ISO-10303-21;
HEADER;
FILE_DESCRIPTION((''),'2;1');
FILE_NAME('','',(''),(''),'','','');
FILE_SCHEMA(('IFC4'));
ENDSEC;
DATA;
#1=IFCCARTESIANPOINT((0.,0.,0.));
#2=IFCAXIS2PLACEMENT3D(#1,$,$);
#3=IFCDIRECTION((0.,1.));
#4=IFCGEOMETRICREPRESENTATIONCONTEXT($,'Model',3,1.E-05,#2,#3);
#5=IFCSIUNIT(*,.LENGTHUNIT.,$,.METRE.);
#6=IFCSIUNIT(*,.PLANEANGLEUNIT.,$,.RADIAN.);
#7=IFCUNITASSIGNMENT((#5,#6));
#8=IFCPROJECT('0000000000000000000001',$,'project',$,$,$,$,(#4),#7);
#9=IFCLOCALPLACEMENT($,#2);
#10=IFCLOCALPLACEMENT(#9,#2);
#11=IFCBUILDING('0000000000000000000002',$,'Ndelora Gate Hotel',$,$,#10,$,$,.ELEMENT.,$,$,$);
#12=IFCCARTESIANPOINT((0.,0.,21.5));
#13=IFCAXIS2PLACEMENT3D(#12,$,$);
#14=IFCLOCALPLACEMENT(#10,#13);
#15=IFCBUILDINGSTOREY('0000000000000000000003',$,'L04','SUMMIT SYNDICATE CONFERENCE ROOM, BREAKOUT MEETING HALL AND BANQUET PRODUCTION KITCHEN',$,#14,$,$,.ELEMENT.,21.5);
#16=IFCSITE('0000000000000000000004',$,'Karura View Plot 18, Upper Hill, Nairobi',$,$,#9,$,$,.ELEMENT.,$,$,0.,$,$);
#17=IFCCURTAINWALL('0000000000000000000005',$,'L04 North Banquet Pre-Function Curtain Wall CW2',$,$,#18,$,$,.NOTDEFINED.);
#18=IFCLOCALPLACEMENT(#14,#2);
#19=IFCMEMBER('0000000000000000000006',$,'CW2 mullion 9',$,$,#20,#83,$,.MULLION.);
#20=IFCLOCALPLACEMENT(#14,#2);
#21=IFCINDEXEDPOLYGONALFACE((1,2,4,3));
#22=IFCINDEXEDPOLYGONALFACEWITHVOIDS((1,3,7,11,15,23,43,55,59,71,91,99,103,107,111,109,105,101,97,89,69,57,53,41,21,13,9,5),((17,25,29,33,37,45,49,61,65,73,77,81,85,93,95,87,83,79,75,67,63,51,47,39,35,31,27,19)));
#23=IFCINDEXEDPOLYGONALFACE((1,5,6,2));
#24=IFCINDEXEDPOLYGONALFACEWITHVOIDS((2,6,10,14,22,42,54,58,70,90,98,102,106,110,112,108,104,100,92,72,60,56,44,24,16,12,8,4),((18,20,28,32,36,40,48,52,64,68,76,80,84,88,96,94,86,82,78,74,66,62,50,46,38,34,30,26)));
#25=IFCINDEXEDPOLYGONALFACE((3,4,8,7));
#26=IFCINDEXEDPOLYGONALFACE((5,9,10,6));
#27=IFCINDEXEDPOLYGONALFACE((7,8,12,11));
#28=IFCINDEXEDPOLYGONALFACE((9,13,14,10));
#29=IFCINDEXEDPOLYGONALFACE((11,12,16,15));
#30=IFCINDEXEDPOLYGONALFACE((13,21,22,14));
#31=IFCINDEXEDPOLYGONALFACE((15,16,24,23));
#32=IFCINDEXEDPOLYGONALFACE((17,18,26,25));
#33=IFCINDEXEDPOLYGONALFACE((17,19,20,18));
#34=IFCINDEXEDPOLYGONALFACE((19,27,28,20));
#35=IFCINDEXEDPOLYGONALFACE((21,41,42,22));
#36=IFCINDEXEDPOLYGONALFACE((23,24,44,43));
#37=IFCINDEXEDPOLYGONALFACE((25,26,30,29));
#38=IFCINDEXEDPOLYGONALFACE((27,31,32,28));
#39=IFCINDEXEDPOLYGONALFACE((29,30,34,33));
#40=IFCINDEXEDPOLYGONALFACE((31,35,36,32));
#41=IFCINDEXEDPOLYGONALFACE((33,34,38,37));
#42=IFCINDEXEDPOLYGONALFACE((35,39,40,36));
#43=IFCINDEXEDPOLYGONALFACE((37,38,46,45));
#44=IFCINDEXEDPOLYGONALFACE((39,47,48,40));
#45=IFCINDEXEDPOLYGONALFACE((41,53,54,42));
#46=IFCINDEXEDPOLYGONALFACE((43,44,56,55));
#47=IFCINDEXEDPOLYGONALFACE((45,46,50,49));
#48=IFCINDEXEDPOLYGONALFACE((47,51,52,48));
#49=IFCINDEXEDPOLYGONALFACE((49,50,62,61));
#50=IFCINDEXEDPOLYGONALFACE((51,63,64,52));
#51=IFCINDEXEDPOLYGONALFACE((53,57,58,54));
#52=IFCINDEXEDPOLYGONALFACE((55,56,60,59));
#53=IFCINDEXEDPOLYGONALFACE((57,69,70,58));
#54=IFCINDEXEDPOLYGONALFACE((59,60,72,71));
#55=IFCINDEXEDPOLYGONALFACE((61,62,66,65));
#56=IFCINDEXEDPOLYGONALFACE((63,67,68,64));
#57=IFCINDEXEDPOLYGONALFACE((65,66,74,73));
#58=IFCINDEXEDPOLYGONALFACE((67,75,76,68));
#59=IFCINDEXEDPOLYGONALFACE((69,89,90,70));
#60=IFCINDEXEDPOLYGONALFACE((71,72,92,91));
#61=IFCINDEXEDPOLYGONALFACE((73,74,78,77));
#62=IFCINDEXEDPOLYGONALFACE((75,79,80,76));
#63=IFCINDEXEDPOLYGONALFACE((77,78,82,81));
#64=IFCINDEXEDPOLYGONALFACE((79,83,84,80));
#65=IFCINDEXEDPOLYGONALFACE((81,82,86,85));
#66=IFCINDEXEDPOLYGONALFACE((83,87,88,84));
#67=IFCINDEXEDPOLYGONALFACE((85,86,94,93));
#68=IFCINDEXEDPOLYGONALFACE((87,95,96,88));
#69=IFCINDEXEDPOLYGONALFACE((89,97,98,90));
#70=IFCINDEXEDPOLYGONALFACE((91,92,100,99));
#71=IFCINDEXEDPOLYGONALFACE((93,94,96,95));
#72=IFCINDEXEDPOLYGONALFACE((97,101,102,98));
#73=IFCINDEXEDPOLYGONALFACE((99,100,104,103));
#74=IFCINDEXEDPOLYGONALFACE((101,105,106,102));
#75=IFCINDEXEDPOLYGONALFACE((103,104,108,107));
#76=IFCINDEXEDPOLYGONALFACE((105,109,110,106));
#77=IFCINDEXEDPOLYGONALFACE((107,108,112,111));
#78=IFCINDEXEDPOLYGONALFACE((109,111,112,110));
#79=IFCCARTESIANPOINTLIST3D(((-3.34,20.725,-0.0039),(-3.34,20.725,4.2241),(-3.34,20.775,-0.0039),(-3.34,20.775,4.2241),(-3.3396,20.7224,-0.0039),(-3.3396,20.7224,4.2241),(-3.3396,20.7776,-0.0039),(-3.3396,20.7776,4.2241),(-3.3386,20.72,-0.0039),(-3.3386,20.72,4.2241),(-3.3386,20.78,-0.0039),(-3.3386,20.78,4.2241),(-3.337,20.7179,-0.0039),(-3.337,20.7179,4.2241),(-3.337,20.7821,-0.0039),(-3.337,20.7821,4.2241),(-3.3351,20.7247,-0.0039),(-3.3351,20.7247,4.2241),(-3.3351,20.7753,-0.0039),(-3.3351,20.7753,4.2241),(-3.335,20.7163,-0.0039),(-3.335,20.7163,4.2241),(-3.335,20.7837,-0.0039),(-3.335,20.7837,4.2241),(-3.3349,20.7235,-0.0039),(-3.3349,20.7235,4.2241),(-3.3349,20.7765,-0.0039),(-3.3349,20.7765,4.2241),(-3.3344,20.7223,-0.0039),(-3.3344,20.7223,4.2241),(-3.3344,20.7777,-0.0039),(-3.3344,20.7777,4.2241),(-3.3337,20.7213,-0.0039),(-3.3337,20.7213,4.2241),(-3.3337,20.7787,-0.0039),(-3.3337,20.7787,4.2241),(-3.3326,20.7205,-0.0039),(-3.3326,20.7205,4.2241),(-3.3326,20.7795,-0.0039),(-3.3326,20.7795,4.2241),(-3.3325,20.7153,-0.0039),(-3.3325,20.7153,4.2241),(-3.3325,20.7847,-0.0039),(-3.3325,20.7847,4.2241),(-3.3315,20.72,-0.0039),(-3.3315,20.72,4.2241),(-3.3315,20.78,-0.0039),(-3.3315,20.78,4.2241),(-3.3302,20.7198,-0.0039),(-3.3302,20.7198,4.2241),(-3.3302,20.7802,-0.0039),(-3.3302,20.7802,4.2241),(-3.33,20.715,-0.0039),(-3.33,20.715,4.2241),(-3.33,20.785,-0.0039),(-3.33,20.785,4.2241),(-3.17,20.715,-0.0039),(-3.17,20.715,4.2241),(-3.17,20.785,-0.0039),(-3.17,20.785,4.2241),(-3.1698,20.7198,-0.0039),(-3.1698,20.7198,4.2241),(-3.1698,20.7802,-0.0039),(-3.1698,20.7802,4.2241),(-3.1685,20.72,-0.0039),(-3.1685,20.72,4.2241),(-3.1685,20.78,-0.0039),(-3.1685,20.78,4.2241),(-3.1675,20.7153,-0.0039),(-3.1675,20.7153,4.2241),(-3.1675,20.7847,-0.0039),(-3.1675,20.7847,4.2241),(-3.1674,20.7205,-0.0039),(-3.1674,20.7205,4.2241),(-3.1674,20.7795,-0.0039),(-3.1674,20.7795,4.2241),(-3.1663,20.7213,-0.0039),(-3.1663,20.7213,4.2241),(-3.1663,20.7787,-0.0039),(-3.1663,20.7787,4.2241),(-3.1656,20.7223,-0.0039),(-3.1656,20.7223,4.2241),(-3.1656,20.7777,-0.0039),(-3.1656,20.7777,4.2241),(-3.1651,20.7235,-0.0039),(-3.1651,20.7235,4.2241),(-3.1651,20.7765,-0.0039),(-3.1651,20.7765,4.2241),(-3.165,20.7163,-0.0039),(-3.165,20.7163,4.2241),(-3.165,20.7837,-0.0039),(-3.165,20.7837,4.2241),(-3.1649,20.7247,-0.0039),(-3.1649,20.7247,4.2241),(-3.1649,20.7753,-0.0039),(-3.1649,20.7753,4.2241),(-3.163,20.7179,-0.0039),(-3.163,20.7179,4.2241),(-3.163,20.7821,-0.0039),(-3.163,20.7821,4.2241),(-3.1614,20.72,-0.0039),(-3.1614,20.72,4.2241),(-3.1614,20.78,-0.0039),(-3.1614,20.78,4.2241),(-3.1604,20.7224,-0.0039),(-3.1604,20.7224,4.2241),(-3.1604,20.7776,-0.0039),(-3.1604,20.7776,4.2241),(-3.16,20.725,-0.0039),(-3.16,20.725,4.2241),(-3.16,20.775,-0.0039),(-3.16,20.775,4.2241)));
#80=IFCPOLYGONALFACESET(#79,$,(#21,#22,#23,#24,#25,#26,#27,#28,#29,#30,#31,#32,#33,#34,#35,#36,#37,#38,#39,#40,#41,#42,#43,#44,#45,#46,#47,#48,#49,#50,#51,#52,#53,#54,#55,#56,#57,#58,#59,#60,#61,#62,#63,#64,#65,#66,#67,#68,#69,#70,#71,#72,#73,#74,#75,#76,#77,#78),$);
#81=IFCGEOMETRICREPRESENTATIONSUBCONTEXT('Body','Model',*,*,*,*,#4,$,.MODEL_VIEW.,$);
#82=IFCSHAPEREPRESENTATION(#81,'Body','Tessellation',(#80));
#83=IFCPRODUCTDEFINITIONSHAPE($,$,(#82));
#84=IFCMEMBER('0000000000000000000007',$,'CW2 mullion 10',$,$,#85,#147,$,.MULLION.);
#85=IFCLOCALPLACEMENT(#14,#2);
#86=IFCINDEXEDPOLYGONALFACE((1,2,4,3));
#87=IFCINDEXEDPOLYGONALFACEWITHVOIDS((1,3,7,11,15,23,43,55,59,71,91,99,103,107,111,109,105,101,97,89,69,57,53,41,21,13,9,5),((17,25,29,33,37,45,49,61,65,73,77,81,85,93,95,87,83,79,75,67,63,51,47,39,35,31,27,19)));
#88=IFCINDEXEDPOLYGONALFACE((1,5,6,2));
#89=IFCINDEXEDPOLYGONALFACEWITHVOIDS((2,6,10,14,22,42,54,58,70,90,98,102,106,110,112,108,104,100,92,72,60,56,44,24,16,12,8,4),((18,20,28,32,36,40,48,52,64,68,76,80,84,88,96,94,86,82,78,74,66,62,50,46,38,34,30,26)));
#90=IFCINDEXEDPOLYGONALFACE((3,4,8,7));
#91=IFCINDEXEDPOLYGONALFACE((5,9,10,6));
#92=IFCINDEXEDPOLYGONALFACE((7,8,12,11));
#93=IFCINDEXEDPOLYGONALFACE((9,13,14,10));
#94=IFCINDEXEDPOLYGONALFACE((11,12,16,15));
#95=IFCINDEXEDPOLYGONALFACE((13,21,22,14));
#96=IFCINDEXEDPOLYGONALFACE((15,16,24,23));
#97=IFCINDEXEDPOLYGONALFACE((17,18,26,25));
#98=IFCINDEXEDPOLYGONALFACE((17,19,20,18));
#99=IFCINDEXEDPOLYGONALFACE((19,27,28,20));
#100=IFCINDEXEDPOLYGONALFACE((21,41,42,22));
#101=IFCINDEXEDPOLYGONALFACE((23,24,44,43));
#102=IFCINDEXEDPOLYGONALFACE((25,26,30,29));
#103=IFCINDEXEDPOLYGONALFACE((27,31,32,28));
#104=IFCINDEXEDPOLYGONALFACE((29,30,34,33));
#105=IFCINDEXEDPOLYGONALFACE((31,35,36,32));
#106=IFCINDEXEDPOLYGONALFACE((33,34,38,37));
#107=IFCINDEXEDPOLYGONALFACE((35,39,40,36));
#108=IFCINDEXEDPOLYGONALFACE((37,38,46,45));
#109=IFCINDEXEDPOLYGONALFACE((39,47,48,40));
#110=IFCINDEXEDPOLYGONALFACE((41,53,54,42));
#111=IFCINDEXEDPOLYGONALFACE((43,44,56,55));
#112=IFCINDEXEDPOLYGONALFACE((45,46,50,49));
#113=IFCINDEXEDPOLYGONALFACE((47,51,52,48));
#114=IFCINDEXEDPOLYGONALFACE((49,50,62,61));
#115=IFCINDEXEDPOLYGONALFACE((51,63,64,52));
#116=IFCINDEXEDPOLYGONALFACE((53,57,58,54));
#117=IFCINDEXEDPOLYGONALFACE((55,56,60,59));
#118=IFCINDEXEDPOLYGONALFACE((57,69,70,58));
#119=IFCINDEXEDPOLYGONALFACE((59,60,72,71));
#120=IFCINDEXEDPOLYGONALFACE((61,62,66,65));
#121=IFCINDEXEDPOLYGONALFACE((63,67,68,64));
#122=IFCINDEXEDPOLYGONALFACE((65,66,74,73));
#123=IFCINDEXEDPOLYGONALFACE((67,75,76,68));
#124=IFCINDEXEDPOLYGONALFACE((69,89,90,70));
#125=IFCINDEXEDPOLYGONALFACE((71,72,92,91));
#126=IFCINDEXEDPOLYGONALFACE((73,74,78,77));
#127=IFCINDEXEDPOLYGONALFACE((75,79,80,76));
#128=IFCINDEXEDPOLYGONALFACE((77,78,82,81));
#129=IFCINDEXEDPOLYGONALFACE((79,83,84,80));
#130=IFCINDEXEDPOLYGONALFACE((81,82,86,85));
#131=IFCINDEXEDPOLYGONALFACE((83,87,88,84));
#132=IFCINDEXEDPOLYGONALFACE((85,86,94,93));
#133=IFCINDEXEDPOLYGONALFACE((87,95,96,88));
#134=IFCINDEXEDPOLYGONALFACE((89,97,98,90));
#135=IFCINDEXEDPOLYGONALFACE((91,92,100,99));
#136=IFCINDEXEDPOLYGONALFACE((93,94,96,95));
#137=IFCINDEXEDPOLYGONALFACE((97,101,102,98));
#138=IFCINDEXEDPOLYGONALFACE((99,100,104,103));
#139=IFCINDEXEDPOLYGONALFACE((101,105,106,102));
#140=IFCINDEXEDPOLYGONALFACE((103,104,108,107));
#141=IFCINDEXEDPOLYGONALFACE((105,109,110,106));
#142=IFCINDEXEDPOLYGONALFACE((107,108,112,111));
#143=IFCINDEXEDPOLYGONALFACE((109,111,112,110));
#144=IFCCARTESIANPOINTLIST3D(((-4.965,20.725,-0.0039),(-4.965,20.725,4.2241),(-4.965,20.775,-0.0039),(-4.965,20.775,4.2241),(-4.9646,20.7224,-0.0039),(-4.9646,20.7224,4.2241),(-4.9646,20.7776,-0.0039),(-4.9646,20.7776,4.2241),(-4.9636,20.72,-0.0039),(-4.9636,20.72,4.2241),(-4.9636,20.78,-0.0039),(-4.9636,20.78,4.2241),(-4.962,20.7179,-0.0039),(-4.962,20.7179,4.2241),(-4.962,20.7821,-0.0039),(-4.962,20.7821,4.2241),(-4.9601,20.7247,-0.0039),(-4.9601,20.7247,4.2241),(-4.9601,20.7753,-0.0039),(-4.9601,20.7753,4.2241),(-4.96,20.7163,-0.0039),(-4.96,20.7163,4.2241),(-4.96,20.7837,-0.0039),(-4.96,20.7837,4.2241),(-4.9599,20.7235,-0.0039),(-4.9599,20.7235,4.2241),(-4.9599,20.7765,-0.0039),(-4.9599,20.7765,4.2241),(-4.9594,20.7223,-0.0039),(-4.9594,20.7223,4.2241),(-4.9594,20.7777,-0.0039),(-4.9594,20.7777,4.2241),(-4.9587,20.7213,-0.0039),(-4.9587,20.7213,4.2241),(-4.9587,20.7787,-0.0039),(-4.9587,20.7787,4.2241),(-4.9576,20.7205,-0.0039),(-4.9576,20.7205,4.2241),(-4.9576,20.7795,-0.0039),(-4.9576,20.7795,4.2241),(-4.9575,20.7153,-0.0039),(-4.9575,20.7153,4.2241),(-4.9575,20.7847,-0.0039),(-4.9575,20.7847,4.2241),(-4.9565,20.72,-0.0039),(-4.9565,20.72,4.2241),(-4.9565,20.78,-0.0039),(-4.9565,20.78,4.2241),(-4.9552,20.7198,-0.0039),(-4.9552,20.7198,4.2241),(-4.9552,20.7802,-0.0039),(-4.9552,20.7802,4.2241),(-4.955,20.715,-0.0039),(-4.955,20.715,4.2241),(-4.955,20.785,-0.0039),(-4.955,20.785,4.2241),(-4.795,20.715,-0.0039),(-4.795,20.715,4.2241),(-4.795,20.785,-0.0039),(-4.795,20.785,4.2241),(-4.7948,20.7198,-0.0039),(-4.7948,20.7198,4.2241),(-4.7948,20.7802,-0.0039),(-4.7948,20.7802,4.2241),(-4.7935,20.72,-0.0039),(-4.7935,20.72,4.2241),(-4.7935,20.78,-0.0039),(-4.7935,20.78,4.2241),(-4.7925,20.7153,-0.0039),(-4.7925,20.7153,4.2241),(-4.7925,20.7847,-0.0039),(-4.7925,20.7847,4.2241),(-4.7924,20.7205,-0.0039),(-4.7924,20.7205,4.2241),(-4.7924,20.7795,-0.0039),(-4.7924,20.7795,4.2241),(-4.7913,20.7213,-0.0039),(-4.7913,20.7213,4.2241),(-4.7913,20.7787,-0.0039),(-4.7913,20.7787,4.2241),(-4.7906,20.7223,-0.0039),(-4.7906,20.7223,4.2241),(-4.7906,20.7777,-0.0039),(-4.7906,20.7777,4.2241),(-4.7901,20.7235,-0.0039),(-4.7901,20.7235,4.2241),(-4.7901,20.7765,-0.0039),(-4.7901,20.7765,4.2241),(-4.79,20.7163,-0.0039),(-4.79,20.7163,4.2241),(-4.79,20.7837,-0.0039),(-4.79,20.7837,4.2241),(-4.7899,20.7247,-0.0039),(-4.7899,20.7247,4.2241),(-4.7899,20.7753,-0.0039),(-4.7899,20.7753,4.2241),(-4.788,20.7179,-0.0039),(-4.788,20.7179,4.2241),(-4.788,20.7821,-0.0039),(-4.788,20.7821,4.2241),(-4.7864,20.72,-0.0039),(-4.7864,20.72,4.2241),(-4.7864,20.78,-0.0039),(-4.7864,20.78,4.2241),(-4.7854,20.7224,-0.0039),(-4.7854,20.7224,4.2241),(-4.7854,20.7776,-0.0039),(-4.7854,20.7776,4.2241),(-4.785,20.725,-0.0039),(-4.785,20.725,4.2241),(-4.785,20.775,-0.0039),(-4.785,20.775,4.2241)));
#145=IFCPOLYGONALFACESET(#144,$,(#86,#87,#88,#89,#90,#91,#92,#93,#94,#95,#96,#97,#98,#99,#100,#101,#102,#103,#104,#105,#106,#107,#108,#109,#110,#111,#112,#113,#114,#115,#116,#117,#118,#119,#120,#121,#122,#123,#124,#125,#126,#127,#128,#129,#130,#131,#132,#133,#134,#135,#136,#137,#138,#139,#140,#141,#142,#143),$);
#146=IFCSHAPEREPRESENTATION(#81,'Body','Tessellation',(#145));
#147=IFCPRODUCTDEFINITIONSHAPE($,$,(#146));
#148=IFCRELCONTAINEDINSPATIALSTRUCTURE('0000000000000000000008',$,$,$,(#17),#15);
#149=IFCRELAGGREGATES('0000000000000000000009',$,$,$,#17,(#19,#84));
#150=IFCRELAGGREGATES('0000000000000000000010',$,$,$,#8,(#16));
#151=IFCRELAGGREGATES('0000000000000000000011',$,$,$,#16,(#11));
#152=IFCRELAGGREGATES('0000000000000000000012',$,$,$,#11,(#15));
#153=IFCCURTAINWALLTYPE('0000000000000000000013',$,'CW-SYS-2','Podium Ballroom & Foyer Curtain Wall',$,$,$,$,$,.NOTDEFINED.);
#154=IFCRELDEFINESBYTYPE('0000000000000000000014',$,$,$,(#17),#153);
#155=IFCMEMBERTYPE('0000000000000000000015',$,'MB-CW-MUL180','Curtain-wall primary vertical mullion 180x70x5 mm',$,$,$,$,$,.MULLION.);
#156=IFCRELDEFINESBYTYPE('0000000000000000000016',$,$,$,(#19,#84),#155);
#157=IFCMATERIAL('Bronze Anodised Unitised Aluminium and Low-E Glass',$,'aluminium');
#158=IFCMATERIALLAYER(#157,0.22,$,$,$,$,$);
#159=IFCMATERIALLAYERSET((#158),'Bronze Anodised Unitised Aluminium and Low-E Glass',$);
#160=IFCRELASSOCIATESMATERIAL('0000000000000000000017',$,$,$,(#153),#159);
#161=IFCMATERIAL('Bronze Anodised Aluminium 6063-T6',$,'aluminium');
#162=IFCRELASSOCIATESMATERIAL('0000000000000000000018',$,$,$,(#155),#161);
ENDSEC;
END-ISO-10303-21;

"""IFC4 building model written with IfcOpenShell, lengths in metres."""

from ifc_helpers import new_model, si_unit, direction, frame, origin, origin_2d, place, context, subcontext, project, spatial, hollow_rectangle, extrude, material, layer, layer_set, material_profile, profile_set, type_object, element, aggregate, save


model = new_model("IFC4")

# Units and contexts
model_context = context("Model", 3, precision=1e-05, world=origin(), true_north=direction((0.0, 1.0)))
body_context = subcontext(model_context, "Body", "Model", "MODEL_VIEW")
ifc_project = project(units=[si_unit("LENGTHUNIT", "METRE"), si_unit("PLANEANGLEUNIT", "RADIAN")], contexts=[model_context])

# Site, building, storey
site_placement = place(None, origin())
site = spatial("IfcSite", under=ifc_project, at=site_placement, Name="Karura View Plot 18, Upper Hill, Nairobi", CompositionType="ELEMENT", RefElevation=0.0)
building_placement = place(site_placement, origin())
building = spatial("IfcBuilding", under=site, at=building_placement, Name="Ndelora Gate Hotel", CompositionType="ELEMENT")
storey_placement = place(building_placement, frame((0.0, 0.0, 21.5)))
storey = spatial("IfcBuildingStorey", under=building, at=storey_placement, Name="L04", Description="SUMMIT SYNDICATE CONFERENCE ROOM, BREAKOUT MEETING HALL AND BANQUET PRODUCTION KITCHEN", CompositionType="ELEMENT", Elevation=21.5)

# Curtain wall, members
ifc_material_1 = material(Name="Bronze Anodised Unitised Aluminium and Low-E Glass", Category="aluminium")
ifc_layer_1 = layer(ifc_material_1, 0.22)
ifc_layer_set_1 = layer_set([ifc_layer_1], Name="Bronze Anodised Unitised Aluminium and Low-E Glass")
curtain_wall_type = type_object("IfcCurtainWallType", Name="CW-SYS-2", Description="Podium Ballroom & Foyer Curtain Wall", PredefinedType="NOTDEFINED", material=ifc_layer_set_1)
curtain_wall_placement = place(storey_placement, origin())
curtain_wall = element("IfcCurtainWall", 1, at=curtain_wall_placement, inside=storey, type_object=curtain_wall_type, Name="L04 North Banquet Pre-Function Curtain Wall CW2", PredefinedType="NOTDEFINED")
ifc_material_2 = material(Name="Bronze Anodised Aluminium 6063-T6", Category="aluminium")
ifc_material_profile_1 = material_profile(ifc_material_2, hollow_rectangle(XDim=0.0701, YDim=0.1799, WallThickness=0.0049, InnerFilletRadius=0.0049, OuterFilletRadius=0.01, at=origin_2d()), Name="ALU 180x70x5")
ifc_profile_set_1 = profile_set([ifc_material_profile_1], Name="Bronze Anodised Aluminium 6063-T6")
member_type_1 = type_object("IfcMemberType", Name="MB-CW-MUL180", Description="Curtain-wall primary vertical mullion 180x70x5 mm", PredefinedType="MULLION", material=ifc_profile_set_1)
member_1_placement = place(storey_placement, frame((-3.25, 20.75, -0.0039), z_axis=(0.0, 0.0, 1.0), x_axis=(0.0, -1.0, 0.0)))
member_1 = element("IfcMember", 2, at=member_1_placement, type_object=member_type_1, Name="CW2 mullion 9", PredefinedType="MULLION", context=body_context, shape_type="SweptSolid", body=[
    extrude(hollow_rectangle(XDim=0.0701, YDim=0.1799, WallThickness=0.0049, InnerFilletRadius=0.0049, OuterFilletRadius=0.01, at=origin_2d()), origin(), (0.0, 0.0, 1.0), 4.228),
])
member_2_placement = place(storey_placement, frame((-4.875, 20.75, -0.0039), z_axis=(0.0, 0.0, 1.0), x_axis=(0.0, -1.0, 0.0)))
member_2 = element("IfcMember", 3, at=member_2_placement, type_object=member_type_1, Name="CW2 mullion 10", PredefinedType="MULLION", context=body_context, shape_type="SweptSolid", body=[
    extrude(hollow_rectangle(XDim=0.0701, YDim=0.1799, WallThickness=0.0049, InnerFilletRadius=0.0049, OuterFilletRadius=0.01, at=origin_2d()), origin(), (0.0, 0.0, 1.0), 4.228),
])
aggregate(curtain_wall, [member_1, member_2])

save(model, "model.ifc")
